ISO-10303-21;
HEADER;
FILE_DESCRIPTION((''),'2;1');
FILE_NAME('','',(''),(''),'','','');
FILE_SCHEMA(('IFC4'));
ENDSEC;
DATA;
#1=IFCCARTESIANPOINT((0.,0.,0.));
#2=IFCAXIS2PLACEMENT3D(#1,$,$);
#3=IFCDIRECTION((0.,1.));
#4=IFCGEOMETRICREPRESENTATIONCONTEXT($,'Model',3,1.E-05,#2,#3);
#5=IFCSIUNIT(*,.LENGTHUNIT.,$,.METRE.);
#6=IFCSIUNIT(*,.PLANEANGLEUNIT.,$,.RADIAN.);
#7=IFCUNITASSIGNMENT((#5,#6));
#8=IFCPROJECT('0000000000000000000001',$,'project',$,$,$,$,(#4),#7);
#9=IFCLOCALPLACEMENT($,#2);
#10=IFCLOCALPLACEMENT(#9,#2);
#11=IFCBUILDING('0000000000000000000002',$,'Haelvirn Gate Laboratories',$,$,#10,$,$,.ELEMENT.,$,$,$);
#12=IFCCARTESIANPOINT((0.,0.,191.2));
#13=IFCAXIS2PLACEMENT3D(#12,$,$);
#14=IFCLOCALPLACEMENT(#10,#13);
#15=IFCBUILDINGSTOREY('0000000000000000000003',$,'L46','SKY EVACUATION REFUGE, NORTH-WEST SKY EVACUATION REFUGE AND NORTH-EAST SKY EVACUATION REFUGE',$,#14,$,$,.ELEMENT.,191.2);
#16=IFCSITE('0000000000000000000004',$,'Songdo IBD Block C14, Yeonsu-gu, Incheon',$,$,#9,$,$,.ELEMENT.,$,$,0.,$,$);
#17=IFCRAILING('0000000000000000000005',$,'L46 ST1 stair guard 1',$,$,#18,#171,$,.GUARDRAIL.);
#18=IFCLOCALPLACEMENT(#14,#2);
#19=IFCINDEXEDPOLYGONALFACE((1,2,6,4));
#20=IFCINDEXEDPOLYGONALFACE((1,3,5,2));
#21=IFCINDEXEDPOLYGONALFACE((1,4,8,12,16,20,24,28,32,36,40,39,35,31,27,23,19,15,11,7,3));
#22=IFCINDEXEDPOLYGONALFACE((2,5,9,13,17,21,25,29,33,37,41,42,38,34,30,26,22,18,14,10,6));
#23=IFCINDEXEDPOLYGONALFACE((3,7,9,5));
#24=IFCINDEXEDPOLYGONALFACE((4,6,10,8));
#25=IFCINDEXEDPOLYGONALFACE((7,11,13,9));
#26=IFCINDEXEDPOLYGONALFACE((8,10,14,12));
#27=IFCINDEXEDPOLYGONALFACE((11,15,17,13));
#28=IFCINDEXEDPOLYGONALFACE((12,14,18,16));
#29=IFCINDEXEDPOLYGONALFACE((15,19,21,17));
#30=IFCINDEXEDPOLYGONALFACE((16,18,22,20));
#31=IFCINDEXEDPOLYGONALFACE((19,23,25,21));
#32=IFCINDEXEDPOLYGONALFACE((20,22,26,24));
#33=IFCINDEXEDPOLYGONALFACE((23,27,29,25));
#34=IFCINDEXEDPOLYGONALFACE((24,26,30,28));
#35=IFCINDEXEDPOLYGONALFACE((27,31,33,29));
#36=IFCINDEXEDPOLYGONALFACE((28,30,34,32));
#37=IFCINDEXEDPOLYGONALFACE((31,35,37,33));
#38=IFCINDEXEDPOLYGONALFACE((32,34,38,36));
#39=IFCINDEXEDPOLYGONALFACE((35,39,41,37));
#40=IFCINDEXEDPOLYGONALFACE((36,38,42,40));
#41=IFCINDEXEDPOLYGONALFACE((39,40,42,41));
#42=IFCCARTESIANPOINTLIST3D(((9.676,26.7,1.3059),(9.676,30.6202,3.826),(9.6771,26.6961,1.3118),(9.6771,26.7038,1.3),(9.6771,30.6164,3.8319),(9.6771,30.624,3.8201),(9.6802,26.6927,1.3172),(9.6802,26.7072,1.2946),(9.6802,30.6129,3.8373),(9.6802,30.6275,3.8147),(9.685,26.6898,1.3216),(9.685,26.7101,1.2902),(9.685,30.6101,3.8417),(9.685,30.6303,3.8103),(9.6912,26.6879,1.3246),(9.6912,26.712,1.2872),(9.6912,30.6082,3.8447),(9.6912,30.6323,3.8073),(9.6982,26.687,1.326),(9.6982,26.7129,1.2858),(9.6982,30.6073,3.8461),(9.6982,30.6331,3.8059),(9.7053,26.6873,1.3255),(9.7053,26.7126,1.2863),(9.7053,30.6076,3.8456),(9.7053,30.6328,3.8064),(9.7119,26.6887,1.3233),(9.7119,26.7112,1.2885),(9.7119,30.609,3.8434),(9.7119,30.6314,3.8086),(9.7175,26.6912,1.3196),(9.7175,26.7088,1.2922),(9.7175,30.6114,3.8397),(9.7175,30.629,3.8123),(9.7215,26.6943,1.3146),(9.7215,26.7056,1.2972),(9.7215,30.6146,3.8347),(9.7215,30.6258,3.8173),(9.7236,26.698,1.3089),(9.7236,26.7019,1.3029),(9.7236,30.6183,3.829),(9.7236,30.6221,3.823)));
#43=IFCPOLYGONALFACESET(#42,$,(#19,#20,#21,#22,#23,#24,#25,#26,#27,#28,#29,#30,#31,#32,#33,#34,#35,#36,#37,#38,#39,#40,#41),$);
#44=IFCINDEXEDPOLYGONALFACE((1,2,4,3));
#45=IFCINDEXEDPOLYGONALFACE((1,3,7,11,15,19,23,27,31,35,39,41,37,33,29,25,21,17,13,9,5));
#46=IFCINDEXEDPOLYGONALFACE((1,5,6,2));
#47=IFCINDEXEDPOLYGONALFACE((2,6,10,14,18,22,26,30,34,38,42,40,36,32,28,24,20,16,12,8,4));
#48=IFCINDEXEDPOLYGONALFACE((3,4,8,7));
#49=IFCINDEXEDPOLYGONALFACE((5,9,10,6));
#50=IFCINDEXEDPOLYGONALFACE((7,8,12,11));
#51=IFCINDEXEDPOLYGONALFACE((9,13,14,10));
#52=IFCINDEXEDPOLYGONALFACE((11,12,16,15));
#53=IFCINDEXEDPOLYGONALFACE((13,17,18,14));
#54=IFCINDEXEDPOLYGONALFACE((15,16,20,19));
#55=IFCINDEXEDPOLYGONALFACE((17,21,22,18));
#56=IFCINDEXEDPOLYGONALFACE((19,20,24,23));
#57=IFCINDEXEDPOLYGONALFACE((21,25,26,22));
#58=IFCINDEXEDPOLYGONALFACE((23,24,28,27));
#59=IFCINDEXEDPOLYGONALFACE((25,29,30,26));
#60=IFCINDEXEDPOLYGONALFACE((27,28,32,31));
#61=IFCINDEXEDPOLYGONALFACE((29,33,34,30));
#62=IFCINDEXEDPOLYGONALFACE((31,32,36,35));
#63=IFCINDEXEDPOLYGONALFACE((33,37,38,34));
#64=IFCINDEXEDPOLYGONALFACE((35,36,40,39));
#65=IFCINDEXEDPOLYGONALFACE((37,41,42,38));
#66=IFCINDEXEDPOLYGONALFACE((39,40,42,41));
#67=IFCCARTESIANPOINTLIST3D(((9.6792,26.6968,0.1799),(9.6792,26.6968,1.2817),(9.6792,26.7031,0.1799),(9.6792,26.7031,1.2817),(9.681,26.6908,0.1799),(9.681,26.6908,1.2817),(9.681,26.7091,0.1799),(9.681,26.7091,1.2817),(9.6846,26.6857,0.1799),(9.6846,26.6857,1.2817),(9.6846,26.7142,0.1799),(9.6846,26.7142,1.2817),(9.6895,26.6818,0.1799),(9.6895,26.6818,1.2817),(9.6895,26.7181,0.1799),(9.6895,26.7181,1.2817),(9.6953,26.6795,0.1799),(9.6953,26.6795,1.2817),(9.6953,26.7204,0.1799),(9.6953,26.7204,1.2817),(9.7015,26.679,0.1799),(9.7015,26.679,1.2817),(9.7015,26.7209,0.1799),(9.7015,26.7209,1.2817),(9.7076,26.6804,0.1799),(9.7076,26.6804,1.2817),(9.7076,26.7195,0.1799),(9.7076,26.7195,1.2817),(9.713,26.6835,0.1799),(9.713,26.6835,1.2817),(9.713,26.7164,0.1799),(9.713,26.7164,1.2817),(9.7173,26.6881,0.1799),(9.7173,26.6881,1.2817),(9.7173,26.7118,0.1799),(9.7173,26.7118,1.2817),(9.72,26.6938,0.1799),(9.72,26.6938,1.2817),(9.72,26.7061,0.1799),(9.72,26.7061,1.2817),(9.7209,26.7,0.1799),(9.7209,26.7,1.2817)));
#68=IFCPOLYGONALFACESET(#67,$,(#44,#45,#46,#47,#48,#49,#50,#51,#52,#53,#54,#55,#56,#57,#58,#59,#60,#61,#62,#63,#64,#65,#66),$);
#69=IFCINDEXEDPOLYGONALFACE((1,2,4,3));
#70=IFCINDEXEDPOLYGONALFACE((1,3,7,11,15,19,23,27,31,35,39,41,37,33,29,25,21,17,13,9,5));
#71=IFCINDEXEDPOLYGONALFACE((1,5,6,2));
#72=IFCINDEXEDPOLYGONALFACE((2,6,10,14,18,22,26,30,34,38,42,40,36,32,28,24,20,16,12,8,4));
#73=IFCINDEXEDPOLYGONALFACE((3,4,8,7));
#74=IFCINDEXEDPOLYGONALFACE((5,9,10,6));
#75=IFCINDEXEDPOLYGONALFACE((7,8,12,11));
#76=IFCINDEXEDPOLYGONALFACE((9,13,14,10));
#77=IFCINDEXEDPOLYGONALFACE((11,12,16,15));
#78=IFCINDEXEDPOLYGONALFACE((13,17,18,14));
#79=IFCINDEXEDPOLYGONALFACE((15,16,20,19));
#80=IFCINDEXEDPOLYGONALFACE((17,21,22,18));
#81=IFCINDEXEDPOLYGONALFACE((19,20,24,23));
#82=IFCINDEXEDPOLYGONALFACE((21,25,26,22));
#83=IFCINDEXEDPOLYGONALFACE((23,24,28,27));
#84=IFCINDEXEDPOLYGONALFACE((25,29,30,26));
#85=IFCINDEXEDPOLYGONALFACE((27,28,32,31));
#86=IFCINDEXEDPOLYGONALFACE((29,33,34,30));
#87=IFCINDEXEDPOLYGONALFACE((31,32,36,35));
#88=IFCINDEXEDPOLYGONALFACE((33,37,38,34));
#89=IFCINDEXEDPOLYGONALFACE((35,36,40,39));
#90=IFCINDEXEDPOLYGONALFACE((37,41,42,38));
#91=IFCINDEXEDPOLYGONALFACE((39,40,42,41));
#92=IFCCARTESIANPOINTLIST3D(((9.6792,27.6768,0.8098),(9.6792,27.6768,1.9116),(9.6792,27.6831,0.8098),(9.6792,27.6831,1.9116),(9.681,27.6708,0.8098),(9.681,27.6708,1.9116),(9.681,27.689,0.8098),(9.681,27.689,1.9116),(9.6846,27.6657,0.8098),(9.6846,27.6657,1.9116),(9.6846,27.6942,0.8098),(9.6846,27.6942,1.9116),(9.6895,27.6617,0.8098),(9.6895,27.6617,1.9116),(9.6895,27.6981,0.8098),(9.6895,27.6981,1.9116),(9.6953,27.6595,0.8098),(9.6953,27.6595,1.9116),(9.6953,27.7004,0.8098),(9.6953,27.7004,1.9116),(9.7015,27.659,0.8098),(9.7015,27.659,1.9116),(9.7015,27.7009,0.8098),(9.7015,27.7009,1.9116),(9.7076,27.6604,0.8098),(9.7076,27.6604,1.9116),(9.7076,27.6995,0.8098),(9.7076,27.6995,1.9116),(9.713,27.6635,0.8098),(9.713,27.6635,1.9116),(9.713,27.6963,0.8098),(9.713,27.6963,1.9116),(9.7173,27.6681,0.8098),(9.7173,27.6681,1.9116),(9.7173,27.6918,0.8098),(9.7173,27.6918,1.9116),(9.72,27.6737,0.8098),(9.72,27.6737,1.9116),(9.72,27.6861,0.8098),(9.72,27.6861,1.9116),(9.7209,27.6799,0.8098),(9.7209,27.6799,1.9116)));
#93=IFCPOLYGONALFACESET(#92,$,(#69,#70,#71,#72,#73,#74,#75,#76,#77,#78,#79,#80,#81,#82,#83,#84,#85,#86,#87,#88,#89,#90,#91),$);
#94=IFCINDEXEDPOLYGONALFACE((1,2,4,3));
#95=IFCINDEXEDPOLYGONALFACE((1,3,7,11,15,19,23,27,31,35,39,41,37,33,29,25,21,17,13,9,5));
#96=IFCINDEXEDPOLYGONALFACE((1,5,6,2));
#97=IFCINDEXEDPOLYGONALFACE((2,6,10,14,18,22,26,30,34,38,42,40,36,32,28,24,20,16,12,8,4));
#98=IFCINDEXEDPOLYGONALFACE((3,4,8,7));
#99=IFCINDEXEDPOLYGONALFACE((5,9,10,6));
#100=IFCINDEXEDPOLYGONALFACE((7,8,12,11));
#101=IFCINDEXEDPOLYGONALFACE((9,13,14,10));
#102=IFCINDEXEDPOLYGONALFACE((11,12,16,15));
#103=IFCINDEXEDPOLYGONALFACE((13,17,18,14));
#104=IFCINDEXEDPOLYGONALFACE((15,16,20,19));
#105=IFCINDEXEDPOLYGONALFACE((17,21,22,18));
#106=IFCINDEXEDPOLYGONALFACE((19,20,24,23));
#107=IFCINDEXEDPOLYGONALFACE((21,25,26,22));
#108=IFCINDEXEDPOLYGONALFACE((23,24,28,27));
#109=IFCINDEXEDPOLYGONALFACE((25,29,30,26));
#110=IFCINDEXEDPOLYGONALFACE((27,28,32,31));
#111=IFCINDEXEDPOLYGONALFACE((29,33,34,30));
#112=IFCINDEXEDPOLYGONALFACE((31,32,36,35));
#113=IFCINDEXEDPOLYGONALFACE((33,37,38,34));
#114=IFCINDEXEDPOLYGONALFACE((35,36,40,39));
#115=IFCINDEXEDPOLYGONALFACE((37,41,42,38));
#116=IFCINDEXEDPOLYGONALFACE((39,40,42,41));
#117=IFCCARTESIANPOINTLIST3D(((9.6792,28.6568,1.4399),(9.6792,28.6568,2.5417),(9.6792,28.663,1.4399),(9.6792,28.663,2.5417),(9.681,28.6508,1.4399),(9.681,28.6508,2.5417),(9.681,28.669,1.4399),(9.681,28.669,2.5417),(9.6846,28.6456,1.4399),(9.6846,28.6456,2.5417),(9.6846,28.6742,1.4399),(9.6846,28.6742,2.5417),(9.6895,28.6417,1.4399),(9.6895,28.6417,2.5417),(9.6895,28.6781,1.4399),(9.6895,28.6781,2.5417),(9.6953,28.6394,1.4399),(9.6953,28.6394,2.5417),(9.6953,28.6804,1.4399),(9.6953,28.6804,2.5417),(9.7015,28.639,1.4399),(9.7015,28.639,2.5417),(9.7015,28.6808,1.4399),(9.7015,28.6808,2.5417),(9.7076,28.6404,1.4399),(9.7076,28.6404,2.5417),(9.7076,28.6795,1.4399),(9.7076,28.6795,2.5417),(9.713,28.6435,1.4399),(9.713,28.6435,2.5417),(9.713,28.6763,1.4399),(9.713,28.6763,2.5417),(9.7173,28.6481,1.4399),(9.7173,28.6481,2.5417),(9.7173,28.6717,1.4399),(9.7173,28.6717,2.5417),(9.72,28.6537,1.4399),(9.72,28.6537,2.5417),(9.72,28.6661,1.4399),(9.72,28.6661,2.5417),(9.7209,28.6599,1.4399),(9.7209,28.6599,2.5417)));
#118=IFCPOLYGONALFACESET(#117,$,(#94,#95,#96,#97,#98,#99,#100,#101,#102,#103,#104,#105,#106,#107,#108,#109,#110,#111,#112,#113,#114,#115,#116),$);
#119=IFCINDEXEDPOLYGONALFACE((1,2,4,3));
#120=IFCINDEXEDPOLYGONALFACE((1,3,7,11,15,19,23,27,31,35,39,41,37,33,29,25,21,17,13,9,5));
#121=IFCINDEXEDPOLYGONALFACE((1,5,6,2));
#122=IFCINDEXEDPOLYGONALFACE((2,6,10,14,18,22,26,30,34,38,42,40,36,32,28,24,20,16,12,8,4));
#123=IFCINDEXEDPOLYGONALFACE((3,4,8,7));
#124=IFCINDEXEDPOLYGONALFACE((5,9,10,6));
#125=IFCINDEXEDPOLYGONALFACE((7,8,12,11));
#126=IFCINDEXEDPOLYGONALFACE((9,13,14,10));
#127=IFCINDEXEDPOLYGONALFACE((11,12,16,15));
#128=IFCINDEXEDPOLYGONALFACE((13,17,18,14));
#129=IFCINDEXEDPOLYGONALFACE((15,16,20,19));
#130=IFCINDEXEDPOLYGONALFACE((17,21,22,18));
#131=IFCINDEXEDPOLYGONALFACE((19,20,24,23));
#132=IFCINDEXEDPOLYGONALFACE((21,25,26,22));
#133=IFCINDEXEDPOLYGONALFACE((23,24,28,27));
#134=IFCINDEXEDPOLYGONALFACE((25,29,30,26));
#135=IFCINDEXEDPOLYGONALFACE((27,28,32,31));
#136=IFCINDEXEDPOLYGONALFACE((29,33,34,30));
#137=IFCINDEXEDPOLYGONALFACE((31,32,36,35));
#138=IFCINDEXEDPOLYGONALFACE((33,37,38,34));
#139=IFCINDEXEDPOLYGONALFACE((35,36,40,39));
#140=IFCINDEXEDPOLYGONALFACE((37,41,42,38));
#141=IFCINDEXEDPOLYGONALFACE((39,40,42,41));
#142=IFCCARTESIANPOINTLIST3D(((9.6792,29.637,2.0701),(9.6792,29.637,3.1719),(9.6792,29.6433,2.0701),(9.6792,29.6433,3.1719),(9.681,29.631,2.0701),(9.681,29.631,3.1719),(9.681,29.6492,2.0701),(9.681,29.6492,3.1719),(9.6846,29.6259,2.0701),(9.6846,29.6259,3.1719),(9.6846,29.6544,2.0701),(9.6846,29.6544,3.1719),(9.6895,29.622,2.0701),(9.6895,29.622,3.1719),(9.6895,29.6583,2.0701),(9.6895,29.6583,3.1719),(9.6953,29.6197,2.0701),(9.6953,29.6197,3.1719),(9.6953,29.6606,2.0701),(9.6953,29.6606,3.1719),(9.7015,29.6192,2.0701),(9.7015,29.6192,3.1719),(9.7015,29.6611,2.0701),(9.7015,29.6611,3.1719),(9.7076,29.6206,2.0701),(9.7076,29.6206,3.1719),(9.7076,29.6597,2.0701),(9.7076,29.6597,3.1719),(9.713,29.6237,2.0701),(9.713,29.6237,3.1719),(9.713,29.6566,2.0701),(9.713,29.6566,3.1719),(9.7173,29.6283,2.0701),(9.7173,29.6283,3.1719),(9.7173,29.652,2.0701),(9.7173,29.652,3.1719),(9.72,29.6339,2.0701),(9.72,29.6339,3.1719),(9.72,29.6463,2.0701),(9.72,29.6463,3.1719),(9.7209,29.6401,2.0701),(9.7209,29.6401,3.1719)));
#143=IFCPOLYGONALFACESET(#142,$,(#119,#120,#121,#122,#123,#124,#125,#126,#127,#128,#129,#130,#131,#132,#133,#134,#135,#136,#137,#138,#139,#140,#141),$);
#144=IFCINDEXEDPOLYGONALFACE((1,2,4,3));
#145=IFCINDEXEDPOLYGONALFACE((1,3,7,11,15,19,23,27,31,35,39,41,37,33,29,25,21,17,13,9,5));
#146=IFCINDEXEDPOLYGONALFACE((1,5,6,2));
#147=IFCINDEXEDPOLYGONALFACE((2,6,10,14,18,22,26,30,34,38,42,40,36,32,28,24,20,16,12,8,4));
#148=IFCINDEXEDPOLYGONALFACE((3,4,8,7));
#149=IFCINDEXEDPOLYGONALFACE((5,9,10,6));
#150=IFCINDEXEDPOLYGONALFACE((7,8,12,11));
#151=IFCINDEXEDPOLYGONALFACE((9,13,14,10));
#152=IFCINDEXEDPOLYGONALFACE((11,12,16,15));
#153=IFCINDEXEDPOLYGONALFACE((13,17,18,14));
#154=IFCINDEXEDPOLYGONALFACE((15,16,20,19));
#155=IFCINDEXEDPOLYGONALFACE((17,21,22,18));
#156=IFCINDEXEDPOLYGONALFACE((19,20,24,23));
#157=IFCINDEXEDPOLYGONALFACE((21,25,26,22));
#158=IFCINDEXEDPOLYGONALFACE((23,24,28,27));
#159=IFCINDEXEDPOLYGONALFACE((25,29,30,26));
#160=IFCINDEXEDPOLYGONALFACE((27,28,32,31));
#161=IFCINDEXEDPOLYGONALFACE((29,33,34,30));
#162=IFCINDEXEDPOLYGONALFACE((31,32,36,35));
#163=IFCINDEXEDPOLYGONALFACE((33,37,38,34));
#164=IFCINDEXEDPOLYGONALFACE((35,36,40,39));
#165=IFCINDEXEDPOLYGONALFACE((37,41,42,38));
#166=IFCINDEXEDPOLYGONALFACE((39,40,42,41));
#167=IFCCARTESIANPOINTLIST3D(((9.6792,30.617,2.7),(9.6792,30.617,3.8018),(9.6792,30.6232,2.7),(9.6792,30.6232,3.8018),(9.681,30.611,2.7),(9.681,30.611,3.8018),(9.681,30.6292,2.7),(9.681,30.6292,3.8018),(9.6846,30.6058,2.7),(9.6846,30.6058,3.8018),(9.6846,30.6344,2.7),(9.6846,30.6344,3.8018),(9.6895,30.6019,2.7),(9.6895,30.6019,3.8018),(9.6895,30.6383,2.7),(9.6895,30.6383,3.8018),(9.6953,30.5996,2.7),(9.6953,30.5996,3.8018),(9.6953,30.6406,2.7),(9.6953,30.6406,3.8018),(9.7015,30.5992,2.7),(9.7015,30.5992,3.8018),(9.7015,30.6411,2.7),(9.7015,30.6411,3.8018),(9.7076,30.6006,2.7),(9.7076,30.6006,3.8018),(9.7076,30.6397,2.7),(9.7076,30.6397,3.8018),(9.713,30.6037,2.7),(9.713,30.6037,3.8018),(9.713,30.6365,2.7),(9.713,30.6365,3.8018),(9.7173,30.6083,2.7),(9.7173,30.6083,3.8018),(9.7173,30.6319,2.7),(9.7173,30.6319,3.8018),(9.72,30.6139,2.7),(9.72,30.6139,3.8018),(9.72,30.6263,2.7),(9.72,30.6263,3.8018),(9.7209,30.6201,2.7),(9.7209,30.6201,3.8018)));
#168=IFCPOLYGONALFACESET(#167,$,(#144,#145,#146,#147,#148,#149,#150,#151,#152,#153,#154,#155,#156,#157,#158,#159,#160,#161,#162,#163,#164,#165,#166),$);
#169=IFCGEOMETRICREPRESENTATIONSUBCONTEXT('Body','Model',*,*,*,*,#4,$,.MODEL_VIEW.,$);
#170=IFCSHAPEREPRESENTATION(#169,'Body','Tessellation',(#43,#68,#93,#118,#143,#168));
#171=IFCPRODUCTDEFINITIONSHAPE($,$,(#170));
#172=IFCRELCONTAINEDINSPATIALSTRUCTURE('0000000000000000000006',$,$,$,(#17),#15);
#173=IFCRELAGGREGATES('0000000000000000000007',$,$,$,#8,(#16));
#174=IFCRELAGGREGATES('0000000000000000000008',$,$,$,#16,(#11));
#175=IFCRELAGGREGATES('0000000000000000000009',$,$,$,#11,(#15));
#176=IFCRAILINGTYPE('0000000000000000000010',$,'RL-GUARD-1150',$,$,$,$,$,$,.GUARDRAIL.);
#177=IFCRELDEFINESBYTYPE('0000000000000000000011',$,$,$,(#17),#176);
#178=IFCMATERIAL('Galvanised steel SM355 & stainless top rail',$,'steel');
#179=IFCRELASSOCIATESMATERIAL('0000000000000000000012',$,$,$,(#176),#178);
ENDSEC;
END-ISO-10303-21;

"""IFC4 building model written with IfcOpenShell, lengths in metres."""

from ifc_helpers import new_model, si_unit, direction, frame, origin, origin_2d, place, context, subcontext, project, spatial, circle, extrude, source, transform, mapped, material, type_object, element, save


model = new_model("IFC4")

# Units and contexts
model_context = context("Model", 3, precision=1e-05, world=origin(), true_north=direction((0.0, 1.0)))
body_context = subcontext(model_context, "Body", "Model", "MODEL_VIEW")
ifc_project = project(units=[si_unit("LENGTHUNIT", "METRE"), si_unit("PLANEANGLEUNIT", "RADIAN")], contexts=[model_context])

# Site, building, storey
site_placement = place(None, origin())
site = spatial("IfcSite", under=ifc_project, at=site_placement, Name="Songdo IBD Block C14, Yeonsu-gu, Incheon", CompositionType="ELEMENT", RefElevation=0.0)
building_placement = place(site_placement, origin())
building = spatial("IfcBuilding", under=site, at=building_placement, Name="Haelvirn Gate Laboratories", CompositionType="ELEMENT")
storey_placement = place(building_placement, frame((0.0, 0.0, 191.2)))
storey = spatial("IfcBuildingStorey", under=building, at=storey_placement, Name="L46", Description="SKY EVACUATION REFUGE, NORTH-WEST SKY EVACUATION REFUGE AND NORTH-EAST SKY EVACUATION REFUGE", CompositionType="ELEMENT", Elevation=191.2)

# Railing
ifc_material_1 = material(Name="Galvanised steel SM355 & stainless top rail", Category="steel")
railing_type_1 = type_object("IfcRailingType", Name="RL-GUARD-1150", PredefinedType="GUARDRAIL", material=ifc_material_1)
shared_shape_1 = source(origin(), body_context, "Body", "SweptSolid", [
    extrude(circle(Radius=0.0239, at=origin_2d()), frame((0.0, 0.0, 1.126), z_axis=(0.0, 0.841187, 0.540744), x_axis=(-1.0, 0.0, 0.0)), (0.0, 0.0, 1.0), 4.6604),
    extrude(circle(Radius=0.021, at=origin_2d()), origin(), (0.0, 0.0, 1.0), 1.1018),
    extrude(circle(Radius=0.021, at=origin_2d()), frame((0.0, 0.98, 0.6299)), (0.0, 0.0, 1.0), 1.1018),
    extrude(circle(Radius=0.021, at=origin_2d()), frame((0.0, 1.96, 1.26)), (0.0, 0.0, 1.0), 1.1018),
    extrude(circle(Radius=0.021, at=origin_2d()), frame((0.0, 2.9402, 1.8901)), (0.0, 0.0, 1.0), 1.1018),
    extrude(circle(Radius=0.021, at=origin_2d()), frame((0.0, 3.9202, 2.52)), (0.0, 0.0, 1.0), 1.1018),
])
railing_1_placement = place(storey_placement, frame((9.7, 26.7, 0.1799)))
element("IfcRailing", 1, at=railing_1_placement, inside=storey, type_object=railing_type_1, Name="L46 ST1 stair guard 1", PredefinedType="GUARDRAIL", context=body_context, shape_type="MappedRepresentation", body=[
    mapped(shared_shape_1, transform((0.0, 0.0, 0.0), scale=1.0)),
])

save(model, "model.ifc")
